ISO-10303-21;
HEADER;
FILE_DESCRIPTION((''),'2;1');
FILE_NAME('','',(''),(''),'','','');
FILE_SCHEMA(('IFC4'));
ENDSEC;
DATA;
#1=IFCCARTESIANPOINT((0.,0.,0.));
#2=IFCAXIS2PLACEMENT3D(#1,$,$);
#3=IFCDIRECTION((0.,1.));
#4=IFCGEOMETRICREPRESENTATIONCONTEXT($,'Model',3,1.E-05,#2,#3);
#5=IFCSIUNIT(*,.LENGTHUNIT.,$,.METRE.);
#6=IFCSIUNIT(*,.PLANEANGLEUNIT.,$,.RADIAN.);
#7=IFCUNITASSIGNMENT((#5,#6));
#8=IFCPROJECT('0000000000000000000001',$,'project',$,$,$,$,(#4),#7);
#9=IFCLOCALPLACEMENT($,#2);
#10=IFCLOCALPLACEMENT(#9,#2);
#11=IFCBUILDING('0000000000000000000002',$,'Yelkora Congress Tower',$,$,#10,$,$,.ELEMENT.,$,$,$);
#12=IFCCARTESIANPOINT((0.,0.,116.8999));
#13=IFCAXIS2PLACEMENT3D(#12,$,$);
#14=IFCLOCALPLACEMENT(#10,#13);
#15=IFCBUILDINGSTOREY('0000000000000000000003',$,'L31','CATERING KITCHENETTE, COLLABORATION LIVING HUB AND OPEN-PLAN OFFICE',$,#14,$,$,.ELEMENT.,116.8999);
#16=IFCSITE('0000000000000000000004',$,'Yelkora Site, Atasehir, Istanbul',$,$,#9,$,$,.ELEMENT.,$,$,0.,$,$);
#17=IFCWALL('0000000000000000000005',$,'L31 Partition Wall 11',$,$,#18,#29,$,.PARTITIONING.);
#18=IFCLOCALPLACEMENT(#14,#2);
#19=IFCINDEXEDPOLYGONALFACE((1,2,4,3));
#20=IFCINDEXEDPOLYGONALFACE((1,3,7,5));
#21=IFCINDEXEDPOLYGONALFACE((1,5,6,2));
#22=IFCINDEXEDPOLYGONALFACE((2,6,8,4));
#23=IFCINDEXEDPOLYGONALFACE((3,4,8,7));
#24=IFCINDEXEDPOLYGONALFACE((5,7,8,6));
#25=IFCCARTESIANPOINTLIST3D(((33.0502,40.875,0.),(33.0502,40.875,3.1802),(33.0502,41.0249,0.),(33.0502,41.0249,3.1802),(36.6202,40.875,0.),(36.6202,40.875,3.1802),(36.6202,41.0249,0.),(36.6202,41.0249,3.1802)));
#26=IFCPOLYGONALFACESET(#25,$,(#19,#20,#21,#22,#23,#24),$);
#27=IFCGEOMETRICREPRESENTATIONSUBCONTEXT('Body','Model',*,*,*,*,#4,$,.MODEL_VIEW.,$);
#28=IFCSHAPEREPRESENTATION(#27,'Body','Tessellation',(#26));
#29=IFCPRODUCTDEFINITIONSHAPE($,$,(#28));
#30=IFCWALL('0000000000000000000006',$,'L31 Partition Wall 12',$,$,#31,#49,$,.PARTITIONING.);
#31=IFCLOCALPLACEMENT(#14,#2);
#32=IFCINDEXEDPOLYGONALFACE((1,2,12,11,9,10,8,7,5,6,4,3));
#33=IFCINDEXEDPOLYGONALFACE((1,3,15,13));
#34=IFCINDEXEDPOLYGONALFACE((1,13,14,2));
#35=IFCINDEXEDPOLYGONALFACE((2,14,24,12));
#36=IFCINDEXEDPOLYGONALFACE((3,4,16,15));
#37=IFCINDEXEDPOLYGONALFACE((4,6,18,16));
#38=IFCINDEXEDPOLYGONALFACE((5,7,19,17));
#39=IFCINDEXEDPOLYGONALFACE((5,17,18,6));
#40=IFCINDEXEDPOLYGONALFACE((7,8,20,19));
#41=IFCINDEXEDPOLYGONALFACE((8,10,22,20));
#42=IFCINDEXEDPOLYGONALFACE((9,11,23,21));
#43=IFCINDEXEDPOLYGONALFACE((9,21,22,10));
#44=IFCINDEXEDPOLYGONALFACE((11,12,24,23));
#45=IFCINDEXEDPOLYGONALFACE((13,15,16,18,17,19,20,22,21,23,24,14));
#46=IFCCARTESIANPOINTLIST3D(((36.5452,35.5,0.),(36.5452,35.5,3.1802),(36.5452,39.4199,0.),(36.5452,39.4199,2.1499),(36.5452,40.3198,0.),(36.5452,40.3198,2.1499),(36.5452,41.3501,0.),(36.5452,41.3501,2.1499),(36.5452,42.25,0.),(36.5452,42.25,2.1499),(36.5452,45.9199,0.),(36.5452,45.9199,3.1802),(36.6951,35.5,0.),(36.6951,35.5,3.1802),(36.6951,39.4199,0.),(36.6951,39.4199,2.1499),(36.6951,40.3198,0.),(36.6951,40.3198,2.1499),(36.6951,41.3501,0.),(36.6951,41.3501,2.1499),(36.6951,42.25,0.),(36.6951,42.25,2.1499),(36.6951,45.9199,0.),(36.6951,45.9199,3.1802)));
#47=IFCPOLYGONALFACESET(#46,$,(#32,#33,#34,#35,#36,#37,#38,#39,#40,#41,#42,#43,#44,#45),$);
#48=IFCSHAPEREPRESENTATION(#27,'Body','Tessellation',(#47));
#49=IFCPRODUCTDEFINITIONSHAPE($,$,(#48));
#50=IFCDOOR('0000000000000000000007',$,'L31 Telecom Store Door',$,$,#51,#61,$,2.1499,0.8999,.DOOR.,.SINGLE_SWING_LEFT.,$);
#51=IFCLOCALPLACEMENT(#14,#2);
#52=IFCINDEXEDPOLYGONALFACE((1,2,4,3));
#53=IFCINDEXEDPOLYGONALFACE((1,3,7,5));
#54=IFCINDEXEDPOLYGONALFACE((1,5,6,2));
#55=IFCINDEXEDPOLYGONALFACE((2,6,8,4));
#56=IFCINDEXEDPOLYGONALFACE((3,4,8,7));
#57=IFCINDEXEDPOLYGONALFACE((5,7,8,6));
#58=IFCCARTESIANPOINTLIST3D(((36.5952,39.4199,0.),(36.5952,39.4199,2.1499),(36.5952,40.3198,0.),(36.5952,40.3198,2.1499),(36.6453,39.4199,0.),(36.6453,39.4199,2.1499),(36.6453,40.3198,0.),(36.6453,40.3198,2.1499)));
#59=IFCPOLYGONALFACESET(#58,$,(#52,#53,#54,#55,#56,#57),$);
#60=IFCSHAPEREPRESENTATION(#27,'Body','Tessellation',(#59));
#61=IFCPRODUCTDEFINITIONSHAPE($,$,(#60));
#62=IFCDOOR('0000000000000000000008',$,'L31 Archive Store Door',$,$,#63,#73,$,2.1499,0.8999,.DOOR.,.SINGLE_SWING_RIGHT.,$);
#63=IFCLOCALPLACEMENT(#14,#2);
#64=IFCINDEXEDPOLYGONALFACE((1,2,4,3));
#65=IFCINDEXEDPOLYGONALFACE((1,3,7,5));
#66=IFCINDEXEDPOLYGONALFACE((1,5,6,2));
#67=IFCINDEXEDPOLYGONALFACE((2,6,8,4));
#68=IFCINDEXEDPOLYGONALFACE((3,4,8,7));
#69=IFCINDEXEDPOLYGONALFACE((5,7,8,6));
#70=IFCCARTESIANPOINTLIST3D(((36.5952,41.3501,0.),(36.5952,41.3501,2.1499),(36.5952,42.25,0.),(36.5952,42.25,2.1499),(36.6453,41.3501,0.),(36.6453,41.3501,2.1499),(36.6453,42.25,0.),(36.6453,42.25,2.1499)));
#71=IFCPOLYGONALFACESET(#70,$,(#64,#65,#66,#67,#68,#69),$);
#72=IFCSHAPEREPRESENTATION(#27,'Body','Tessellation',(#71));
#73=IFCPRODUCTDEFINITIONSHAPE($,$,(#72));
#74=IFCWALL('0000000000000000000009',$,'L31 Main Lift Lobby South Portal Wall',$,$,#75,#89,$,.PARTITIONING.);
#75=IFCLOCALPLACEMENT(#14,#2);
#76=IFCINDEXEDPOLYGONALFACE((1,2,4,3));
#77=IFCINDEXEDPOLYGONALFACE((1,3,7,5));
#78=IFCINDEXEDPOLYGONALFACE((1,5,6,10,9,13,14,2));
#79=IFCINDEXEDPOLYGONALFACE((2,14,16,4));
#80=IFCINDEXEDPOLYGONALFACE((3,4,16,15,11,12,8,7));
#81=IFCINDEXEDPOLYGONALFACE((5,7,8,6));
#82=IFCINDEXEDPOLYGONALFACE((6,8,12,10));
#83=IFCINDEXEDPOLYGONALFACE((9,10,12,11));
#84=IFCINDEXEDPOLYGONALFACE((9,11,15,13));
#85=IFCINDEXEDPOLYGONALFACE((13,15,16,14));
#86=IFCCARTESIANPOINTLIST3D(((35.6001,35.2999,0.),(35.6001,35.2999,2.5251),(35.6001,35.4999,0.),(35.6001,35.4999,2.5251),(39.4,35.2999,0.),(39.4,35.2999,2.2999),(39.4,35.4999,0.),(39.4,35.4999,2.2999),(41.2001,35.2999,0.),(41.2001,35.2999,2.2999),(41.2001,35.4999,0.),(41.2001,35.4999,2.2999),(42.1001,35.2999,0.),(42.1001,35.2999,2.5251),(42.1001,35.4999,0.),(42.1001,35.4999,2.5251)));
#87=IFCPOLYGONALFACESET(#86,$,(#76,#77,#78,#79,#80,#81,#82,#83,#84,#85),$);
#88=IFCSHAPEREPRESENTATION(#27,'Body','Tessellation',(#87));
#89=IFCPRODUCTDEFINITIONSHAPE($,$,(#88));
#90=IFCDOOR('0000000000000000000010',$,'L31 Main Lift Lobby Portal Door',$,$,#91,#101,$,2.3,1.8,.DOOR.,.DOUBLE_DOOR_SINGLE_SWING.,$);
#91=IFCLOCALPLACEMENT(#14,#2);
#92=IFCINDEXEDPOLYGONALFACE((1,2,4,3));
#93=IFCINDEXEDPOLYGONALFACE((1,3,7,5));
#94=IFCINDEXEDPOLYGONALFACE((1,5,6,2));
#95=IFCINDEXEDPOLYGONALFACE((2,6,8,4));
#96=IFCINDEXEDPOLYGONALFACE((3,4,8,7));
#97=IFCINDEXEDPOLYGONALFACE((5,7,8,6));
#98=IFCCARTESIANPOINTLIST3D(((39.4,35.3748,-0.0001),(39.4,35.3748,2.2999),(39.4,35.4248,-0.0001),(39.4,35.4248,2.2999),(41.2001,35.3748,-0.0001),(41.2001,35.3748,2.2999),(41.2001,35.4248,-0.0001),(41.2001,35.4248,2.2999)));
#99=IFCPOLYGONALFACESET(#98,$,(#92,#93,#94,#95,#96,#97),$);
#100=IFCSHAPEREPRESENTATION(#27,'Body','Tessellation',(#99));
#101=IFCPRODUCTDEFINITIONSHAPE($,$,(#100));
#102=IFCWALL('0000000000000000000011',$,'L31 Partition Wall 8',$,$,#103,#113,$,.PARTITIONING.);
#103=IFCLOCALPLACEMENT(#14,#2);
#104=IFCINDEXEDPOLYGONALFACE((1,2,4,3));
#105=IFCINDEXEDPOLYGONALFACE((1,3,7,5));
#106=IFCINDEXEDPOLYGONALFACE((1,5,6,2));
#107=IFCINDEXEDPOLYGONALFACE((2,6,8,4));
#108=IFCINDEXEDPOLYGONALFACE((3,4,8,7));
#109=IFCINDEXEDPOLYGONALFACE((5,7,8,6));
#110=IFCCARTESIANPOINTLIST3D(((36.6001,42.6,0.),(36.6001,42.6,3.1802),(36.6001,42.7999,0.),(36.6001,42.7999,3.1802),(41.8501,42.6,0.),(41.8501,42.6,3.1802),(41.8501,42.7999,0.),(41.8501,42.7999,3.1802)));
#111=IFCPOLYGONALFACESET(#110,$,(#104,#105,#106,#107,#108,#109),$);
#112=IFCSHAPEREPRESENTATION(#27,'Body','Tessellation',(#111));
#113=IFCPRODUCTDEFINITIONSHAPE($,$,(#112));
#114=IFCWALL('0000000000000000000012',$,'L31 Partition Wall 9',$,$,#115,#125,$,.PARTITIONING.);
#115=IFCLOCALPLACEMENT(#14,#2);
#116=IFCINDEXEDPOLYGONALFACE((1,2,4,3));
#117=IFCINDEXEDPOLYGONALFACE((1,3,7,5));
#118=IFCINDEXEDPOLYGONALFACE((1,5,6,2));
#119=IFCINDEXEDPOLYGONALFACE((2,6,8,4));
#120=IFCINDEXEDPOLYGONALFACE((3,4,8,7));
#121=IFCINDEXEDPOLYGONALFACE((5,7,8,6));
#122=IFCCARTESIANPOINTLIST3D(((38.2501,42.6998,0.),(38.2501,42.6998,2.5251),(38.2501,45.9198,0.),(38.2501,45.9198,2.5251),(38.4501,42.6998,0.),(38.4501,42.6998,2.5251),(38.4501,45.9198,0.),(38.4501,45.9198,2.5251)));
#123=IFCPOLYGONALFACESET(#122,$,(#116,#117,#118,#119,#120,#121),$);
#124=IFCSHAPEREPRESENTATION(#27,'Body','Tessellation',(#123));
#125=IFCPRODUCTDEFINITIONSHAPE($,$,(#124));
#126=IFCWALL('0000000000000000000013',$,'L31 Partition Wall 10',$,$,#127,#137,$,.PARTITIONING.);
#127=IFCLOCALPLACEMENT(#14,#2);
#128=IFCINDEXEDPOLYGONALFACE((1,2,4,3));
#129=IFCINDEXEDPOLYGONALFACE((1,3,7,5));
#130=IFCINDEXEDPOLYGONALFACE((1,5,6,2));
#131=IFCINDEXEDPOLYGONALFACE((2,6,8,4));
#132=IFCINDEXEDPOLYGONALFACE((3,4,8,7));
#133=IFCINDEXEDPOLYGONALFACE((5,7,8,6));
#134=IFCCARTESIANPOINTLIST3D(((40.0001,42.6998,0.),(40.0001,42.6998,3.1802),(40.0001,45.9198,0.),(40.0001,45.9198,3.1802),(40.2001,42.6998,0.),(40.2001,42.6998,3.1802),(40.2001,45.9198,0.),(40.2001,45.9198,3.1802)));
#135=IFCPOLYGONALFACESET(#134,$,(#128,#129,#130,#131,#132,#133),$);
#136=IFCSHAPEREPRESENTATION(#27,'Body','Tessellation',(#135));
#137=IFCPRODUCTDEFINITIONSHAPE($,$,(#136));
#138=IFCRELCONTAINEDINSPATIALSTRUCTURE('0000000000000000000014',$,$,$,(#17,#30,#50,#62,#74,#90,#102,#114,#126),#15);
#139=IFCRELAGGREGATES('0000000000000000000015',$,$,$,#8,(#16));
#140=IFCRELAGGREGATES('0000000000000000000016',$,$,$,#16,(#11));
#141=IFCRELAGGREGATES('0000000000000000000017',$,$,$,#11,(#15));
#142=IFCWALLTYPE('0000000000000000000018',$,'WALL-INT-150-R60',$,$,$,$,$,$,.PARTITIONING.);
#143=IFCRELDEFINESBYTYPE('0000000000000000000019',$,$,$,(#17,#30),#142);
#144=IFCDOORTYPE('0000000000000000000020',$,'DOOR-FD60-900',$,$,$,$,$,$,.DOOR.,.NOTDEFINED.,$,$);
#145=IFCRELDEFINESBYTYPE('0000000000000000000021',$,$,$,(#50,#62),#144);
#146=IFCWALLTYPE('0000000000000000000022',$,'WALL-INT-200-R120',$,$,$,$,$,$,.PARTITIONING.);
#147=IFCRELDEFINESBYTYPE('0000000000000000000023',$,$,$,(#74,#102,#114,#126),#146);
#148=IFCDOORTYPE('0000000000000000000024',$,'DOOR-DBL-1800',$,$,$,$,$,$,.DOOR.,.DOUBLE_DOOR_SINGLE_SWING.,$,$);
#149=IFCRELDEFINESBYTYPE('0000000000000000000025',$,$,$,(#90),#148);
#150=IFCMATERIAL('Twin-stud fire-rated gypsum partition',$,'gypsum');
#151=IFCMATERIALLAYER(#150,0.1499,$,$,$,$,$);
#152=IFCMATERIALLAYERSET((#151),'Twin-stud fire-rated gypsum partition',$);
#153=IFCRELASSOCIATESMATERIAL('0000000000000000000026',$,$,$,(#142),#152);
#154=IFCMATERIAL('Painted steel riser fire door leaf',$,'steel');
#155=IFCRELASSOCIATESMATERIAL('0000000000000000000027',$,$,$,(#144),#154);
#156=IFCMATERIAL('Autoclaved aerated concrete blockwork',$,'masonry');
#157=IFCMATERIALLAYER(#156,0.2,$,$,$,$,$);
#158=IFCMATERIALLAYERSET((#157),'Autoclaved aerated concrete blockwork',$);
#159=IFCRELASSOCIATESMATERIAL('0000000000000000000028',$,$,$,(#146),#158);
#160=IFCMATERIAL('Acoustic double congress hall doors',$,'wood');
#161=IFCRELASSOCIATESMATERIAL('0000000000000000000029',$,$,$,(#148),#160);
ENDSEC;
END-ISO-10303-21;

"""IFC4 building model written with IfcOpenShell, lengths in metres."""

from ifc_helpers import new_model, si_unit, direction, frame, frame_2d, origin, place, context, subcontext, project, spatial, rectangle, extrude, material, layer, layer_set, type_object, element, fill, save


model = new_model("IFC4")

# Units and contexts
model_context = context("Model", 3, precision=1e-05, world=origin(), true_north=direction((0.0, 1.0)))
body_context = subcontext(model_context, "Body", "Model", "MODEL_VIEW")
ifc_project = project(units=[si_unit("LENGTHUNIT", "METRE"), si_unit("PLANEANGLEUNIT", "RADIAN")], contexts=[model_context])

# Site, building, storey
site_placement = place(None, origin())
site = spatial("IfcSite", under=ifc_project, at=site_placement, Name="Yelkora Site, Atasehir, Istanbul", CompositionType="ELEMENT", RefElevation=0.0)
building_placement = place(site_placement, origin())
building = spatial("IfcBuilding", under=site, at=building_placement, Name="Yelkora Congress Tower", CompositionType="ELEMENT")
storey_placement = place(building_placement, frame((0.0, 0.0, 116.8999)))
storey = spatial("IfcBuildingStorey", under=building, at=storey_placement, Name="L31", Description="CATERING KITCHENETTE, COLLABORATION LIVING HUB AND OPEN-PLAN OFFICE", CompositionType="ELEMENT", Elevation=116.8999)

# Wall
ifc_material_1 = material(Name="Twin-stud fire-rated gypsum partition", Category="gypsum")
ifc_layer_1 = layer(ifc_material_1, 0.1499)
ifc_layer_set_1 = layer_set([ifc_layer_1], Name="Twin-stud fire-rated gypsum partition")
wall_type_1 = type_object("IfcWallType", Name="WALL-INT-150-R60", PredefinedType="PARTITIONING", material=ifc_layer_set_1)
wall_1_placement = place(storey_placement, frame((33.05, 40.95, 0.0), z_axis=(0.0, 0.0, 1.0), x_axis=(1.0, 0.0, 0.0)))
element("IfcWall", 1, at=wall_1_placement, inside=storey, type_object=wall_type_1, Name="L31 Partition Wall 11", PredefinedType="PARTITIONING", context=body_context, shape_type="SweptSolid", body=[
    extrude(rectangle(XDim=3.5701, YDim=0.1499, at=frame_2d((1.7852, 0.0))), origin(), (0.0, 0.0, 1.0), 3.1802),
])

# Wall, openings, doors
wall_2_placement = place(storey_placement, frame((36.6201, 35.5, 0.0), z_axis=(0.0, 0.0, 1.0), x_axis=(0.0, 1.0, 0.0)))
wall_2 = element("IfcWall", 2, at=wall_2_placement, inside=storey, type_object=wall_type_1, Name="L31 Partition Wall 12", PredefinedType="PARTITIONING", context=body_context, shape_type="SweptSolid", body=[
    extrude(rectangle(XDim=10.4199, YDim=0.1499, at=frame_2d((5.21, 0.0))), origin(), (0.0, 0.0, 1.0), 3.1802),
])
opening_1_placement = place(wall_2_placement, frame((3.9199, 0.0, 0.0)))
opening_1 = element("IfcOpeningElement", 3, at=opening_1_placement, cuts=wall_2, PredefinedType="OPENING", context=body_context, shape_type="SweptSolid", body=[
    extrude(rectangle(XDim=0.8999, YDim=2.1499, at=frame_2d((0.45, 1.075))), frame((0.0, 0.085, 0.0), z_axis=(0.0, -1.0, 0.0), x_axis=(1.0, 0.0, 0.0)), (0.0, 0.0, 1.0), 0.1699),
])
opening_2_placement = place(wall_2_placement, frame((5.8501, 0.0, 0.0)))
opening_2 = element("IfcOpeningElement", 4, at=opening_2_placement, cuts=wall_2, PredefinedType="OPENING", context=body_context, shape_type="SweptSolid", body=[
    extrude(rectangle(XDim=0.8999, YDim=2.1499, at=frame_2d((0.45, 1.075))), frame((0.0, 0.085, 0.0), z_axis=(0.0, -1.0, 0.0), x_axis=(1.0, 0.0, 0.0)), (0.0, 0.0, 1.0), 0.1699),
])
ifc_material_2 = material(Name="Painted steel riser fire door leaf", Category="steel")
door_type_1 = type_object("IfcDoorType", Name="DOOR-FD60-900", OperationType="NOTDEFINED", PredefinedType="DOOR", material=ifc_material_2)
door_1_placement = place(opening_1_placement, origin())
door_1 = element("IfcDoor", 5, at=door_1_placement, inside=storey, type_object=door_type_1, Name="L31 Telecom Store Door", OperationType="SINGLE_SWING_LEFT", OverallHeight=2.1499, OverallWidth=0.8999, PredefinedType="DOOR", context=body_context, shape_type="SweptSolid", body=[
    extrude(rectangle(XDim=0.8999, YDim=2.1499, at=frame_2d((0.45, 1.075))), frame((0.0, 0.0249, 0.0), z_axis=(0.0, -1.0, 0.0), x_axis=(1.0, 0.0, 0.0)), (0.0, 0.0, 1.0), 0.05),
])
fill(opening_1, door_1)
door_2_placement = place(opening_2_placement, origin())
door_2 = element("IfcDoor", 6, at=door_2_placement, inside=storey, type_object=door_type_1, Name="L31 Archive Store Door", OperationType="SINGLE_SWING_RIGHT", OverallHeight=2.1499, OverallWidth=0.8999, PredefinedType="DOOR", context=body_context, shape_type="SweptSolid", body=[
    extrude(rectangle(XDim=0.8999, YDim=2.1499, at=frame_2d((0.45, 1.075))), frame((0.0, 0.0249, 0.0), z_axis=(0.0, -1.0, 0.0), x_axis=(1.0, 0.0, 0.0)), (0.0, 0.0, 1.0), 0.05),
])
fill(opening_2, door_2)

# Wall, opening, door
ifc_material_3 = material(Name="Autoclaved aerated concrete blockwork", Category="masonry")
ifc_layer_2 = layer(ifc_material_3, 0.2)
ifc_layer_set_2 = layer_set([ifc_layer_2], Name="Autoclaved aerated concrete blockwork")
wall_type_2 = type_object("IfcWallType", Name="WALL-INT-200-R120", PredefinedType="PARTITIONING", material=ifc_layer_set_2)
wall_3_placement = place(storey_placement, frame((35.6001, 35.3999, 0.0), z_axis=(0.0, 0.0, 1.0), x_axis=(1.0, 0.0, 0.0)))
wall_3 = element("IfcWall", 7, at=wall_3_placement, inside=storey, type_object=wall_type_2, Name="L31 Main Lift Lobby South Portal Wall", PredefinedType="PARTITIONING", context=body_context, shape_type="SweptSolid", body=[
    extrude(rectangle(XDim=6.5, YDim=0.2, at=frame_2d((3.25, 0.0))), origin(), (0.0, 0.0, 1.0), 2.5251),
])
opening_3_placement = place(wall_3_placement, frame((3.8, 0.0, 0.0)))
opening_3 = element("IfcOpeningElement", 8, at=opening_3_placement, cuts=wall_3, PredefinedType="OPENING", context=body_context, shape_type="SweptSolid", body=[
    extrude(rectangle(XDim=1.8, YDim=2.3, at=frame_2d((0.8999, 1.1499))), frame((0.0, 0.1099, 0.0), z_axis=(0.0, -1.0, 0.0), x_axis=(1.0, 0.0, 0.0)), (0.0, 0.0, 1.0), 0.22),
])
ifc_material_4 = material(Name="Acoustic double congress hall doors", Category="wood")
door_type_2 = type_object("IfcDoorType", Name="DOOR-DBL-1800", OperationType="DOUBLE_DOOR_SINGLE_SWING", PredefinedType="DOOR", material=ifc_material_4)
door_3_placement = place(opening_3_placement, origin())
door_3 = element("IfcDoor", 9, at=door_3_placement, inside=storey, type_object=door_type_2, Name="L31 Main Lift Lobby Portal Door", OperationType="DOUBLE_DOOR_SINGLE_SWING", OverallHeight=2.3, OverallWidth=1.8, PredefinedType="DOOR", context=body_context, shape_type="SweptSolid", body=[
    extrude(rectangle(XDim=1.8, YDim=2.3, at=frame_2d((0.8999, 1.1499))), frame((0.0, 0.0249, 0.0), z_axis=(0.0, -1.0, 0.0), x_axis=(1.0, 0.0, 0.0)), (0.0, 0.0, 1.0), 0.05),
])
fill(opening_3, door_3)

# Walls
wall_4_placement = place(storey_placement, frame((36.6001, 42.7, 0.0), z_axis=(0.0, 0.0, 1.0), x_axis=(1.0, 0.0, 0.0)))
element("IfcWall", 10, at=wall_4_placement, inside=storey, type_object=wall_type_2, Name="L31 Partition Wall 8", PredefinedType="PARTITIONING", context=body_context, shape_type="SweptSolid", body=[
    extrude(rectangle(XDim=5.25, YDim=0.2, at=frame_2d((2.625, 0.0))), origin(), (0.0, 0.0, 1.0), 3.1802),
])
wall_5_placement = place(storey_placement, frame((38.3501, 42.7, 0.0), z_axis=(0.0, 0.0, 1.0), x_axis=(0.0, 1.0, 0.0)))
element("IfcWall", 11, at=wall_5_placement, inside=storey, type_object=wall_type_2, Name="L31 Partition Wall 9", PredefinedType="PARTITIONING", context=body_context, shape_type="SweptSolid", body=[
    extrude(rectangle(XDim=3.22, YDim=0.2, at=frame_2d((1.6099, 0.0))), origin(), (0.0, 0.0, 1.0), 2.5251),
])
wall_6_placement = place(storey_placement, frame((40.1001, 42.7, 0.0), z_axis=(0.0, 0.0, 1.0), x_axis=(0.0, 1.0, 0.0)))
element("IfcWall", 12, at=wall_6_placement, inside=storey, type_object=wall_type_2, Name="L31 Partition Wall 10", PredefinedType="PARTITIONING", context=body_context, shape_type="SweptSolid", body=[
    extrude(rectangle(XDim=3.22, YDim=0.2, at=frame_2d((1.6099, 0.0))), origin(), (0.0, 0.0, 1.0), 3.1802),
])

save(model, "model.ifc")
